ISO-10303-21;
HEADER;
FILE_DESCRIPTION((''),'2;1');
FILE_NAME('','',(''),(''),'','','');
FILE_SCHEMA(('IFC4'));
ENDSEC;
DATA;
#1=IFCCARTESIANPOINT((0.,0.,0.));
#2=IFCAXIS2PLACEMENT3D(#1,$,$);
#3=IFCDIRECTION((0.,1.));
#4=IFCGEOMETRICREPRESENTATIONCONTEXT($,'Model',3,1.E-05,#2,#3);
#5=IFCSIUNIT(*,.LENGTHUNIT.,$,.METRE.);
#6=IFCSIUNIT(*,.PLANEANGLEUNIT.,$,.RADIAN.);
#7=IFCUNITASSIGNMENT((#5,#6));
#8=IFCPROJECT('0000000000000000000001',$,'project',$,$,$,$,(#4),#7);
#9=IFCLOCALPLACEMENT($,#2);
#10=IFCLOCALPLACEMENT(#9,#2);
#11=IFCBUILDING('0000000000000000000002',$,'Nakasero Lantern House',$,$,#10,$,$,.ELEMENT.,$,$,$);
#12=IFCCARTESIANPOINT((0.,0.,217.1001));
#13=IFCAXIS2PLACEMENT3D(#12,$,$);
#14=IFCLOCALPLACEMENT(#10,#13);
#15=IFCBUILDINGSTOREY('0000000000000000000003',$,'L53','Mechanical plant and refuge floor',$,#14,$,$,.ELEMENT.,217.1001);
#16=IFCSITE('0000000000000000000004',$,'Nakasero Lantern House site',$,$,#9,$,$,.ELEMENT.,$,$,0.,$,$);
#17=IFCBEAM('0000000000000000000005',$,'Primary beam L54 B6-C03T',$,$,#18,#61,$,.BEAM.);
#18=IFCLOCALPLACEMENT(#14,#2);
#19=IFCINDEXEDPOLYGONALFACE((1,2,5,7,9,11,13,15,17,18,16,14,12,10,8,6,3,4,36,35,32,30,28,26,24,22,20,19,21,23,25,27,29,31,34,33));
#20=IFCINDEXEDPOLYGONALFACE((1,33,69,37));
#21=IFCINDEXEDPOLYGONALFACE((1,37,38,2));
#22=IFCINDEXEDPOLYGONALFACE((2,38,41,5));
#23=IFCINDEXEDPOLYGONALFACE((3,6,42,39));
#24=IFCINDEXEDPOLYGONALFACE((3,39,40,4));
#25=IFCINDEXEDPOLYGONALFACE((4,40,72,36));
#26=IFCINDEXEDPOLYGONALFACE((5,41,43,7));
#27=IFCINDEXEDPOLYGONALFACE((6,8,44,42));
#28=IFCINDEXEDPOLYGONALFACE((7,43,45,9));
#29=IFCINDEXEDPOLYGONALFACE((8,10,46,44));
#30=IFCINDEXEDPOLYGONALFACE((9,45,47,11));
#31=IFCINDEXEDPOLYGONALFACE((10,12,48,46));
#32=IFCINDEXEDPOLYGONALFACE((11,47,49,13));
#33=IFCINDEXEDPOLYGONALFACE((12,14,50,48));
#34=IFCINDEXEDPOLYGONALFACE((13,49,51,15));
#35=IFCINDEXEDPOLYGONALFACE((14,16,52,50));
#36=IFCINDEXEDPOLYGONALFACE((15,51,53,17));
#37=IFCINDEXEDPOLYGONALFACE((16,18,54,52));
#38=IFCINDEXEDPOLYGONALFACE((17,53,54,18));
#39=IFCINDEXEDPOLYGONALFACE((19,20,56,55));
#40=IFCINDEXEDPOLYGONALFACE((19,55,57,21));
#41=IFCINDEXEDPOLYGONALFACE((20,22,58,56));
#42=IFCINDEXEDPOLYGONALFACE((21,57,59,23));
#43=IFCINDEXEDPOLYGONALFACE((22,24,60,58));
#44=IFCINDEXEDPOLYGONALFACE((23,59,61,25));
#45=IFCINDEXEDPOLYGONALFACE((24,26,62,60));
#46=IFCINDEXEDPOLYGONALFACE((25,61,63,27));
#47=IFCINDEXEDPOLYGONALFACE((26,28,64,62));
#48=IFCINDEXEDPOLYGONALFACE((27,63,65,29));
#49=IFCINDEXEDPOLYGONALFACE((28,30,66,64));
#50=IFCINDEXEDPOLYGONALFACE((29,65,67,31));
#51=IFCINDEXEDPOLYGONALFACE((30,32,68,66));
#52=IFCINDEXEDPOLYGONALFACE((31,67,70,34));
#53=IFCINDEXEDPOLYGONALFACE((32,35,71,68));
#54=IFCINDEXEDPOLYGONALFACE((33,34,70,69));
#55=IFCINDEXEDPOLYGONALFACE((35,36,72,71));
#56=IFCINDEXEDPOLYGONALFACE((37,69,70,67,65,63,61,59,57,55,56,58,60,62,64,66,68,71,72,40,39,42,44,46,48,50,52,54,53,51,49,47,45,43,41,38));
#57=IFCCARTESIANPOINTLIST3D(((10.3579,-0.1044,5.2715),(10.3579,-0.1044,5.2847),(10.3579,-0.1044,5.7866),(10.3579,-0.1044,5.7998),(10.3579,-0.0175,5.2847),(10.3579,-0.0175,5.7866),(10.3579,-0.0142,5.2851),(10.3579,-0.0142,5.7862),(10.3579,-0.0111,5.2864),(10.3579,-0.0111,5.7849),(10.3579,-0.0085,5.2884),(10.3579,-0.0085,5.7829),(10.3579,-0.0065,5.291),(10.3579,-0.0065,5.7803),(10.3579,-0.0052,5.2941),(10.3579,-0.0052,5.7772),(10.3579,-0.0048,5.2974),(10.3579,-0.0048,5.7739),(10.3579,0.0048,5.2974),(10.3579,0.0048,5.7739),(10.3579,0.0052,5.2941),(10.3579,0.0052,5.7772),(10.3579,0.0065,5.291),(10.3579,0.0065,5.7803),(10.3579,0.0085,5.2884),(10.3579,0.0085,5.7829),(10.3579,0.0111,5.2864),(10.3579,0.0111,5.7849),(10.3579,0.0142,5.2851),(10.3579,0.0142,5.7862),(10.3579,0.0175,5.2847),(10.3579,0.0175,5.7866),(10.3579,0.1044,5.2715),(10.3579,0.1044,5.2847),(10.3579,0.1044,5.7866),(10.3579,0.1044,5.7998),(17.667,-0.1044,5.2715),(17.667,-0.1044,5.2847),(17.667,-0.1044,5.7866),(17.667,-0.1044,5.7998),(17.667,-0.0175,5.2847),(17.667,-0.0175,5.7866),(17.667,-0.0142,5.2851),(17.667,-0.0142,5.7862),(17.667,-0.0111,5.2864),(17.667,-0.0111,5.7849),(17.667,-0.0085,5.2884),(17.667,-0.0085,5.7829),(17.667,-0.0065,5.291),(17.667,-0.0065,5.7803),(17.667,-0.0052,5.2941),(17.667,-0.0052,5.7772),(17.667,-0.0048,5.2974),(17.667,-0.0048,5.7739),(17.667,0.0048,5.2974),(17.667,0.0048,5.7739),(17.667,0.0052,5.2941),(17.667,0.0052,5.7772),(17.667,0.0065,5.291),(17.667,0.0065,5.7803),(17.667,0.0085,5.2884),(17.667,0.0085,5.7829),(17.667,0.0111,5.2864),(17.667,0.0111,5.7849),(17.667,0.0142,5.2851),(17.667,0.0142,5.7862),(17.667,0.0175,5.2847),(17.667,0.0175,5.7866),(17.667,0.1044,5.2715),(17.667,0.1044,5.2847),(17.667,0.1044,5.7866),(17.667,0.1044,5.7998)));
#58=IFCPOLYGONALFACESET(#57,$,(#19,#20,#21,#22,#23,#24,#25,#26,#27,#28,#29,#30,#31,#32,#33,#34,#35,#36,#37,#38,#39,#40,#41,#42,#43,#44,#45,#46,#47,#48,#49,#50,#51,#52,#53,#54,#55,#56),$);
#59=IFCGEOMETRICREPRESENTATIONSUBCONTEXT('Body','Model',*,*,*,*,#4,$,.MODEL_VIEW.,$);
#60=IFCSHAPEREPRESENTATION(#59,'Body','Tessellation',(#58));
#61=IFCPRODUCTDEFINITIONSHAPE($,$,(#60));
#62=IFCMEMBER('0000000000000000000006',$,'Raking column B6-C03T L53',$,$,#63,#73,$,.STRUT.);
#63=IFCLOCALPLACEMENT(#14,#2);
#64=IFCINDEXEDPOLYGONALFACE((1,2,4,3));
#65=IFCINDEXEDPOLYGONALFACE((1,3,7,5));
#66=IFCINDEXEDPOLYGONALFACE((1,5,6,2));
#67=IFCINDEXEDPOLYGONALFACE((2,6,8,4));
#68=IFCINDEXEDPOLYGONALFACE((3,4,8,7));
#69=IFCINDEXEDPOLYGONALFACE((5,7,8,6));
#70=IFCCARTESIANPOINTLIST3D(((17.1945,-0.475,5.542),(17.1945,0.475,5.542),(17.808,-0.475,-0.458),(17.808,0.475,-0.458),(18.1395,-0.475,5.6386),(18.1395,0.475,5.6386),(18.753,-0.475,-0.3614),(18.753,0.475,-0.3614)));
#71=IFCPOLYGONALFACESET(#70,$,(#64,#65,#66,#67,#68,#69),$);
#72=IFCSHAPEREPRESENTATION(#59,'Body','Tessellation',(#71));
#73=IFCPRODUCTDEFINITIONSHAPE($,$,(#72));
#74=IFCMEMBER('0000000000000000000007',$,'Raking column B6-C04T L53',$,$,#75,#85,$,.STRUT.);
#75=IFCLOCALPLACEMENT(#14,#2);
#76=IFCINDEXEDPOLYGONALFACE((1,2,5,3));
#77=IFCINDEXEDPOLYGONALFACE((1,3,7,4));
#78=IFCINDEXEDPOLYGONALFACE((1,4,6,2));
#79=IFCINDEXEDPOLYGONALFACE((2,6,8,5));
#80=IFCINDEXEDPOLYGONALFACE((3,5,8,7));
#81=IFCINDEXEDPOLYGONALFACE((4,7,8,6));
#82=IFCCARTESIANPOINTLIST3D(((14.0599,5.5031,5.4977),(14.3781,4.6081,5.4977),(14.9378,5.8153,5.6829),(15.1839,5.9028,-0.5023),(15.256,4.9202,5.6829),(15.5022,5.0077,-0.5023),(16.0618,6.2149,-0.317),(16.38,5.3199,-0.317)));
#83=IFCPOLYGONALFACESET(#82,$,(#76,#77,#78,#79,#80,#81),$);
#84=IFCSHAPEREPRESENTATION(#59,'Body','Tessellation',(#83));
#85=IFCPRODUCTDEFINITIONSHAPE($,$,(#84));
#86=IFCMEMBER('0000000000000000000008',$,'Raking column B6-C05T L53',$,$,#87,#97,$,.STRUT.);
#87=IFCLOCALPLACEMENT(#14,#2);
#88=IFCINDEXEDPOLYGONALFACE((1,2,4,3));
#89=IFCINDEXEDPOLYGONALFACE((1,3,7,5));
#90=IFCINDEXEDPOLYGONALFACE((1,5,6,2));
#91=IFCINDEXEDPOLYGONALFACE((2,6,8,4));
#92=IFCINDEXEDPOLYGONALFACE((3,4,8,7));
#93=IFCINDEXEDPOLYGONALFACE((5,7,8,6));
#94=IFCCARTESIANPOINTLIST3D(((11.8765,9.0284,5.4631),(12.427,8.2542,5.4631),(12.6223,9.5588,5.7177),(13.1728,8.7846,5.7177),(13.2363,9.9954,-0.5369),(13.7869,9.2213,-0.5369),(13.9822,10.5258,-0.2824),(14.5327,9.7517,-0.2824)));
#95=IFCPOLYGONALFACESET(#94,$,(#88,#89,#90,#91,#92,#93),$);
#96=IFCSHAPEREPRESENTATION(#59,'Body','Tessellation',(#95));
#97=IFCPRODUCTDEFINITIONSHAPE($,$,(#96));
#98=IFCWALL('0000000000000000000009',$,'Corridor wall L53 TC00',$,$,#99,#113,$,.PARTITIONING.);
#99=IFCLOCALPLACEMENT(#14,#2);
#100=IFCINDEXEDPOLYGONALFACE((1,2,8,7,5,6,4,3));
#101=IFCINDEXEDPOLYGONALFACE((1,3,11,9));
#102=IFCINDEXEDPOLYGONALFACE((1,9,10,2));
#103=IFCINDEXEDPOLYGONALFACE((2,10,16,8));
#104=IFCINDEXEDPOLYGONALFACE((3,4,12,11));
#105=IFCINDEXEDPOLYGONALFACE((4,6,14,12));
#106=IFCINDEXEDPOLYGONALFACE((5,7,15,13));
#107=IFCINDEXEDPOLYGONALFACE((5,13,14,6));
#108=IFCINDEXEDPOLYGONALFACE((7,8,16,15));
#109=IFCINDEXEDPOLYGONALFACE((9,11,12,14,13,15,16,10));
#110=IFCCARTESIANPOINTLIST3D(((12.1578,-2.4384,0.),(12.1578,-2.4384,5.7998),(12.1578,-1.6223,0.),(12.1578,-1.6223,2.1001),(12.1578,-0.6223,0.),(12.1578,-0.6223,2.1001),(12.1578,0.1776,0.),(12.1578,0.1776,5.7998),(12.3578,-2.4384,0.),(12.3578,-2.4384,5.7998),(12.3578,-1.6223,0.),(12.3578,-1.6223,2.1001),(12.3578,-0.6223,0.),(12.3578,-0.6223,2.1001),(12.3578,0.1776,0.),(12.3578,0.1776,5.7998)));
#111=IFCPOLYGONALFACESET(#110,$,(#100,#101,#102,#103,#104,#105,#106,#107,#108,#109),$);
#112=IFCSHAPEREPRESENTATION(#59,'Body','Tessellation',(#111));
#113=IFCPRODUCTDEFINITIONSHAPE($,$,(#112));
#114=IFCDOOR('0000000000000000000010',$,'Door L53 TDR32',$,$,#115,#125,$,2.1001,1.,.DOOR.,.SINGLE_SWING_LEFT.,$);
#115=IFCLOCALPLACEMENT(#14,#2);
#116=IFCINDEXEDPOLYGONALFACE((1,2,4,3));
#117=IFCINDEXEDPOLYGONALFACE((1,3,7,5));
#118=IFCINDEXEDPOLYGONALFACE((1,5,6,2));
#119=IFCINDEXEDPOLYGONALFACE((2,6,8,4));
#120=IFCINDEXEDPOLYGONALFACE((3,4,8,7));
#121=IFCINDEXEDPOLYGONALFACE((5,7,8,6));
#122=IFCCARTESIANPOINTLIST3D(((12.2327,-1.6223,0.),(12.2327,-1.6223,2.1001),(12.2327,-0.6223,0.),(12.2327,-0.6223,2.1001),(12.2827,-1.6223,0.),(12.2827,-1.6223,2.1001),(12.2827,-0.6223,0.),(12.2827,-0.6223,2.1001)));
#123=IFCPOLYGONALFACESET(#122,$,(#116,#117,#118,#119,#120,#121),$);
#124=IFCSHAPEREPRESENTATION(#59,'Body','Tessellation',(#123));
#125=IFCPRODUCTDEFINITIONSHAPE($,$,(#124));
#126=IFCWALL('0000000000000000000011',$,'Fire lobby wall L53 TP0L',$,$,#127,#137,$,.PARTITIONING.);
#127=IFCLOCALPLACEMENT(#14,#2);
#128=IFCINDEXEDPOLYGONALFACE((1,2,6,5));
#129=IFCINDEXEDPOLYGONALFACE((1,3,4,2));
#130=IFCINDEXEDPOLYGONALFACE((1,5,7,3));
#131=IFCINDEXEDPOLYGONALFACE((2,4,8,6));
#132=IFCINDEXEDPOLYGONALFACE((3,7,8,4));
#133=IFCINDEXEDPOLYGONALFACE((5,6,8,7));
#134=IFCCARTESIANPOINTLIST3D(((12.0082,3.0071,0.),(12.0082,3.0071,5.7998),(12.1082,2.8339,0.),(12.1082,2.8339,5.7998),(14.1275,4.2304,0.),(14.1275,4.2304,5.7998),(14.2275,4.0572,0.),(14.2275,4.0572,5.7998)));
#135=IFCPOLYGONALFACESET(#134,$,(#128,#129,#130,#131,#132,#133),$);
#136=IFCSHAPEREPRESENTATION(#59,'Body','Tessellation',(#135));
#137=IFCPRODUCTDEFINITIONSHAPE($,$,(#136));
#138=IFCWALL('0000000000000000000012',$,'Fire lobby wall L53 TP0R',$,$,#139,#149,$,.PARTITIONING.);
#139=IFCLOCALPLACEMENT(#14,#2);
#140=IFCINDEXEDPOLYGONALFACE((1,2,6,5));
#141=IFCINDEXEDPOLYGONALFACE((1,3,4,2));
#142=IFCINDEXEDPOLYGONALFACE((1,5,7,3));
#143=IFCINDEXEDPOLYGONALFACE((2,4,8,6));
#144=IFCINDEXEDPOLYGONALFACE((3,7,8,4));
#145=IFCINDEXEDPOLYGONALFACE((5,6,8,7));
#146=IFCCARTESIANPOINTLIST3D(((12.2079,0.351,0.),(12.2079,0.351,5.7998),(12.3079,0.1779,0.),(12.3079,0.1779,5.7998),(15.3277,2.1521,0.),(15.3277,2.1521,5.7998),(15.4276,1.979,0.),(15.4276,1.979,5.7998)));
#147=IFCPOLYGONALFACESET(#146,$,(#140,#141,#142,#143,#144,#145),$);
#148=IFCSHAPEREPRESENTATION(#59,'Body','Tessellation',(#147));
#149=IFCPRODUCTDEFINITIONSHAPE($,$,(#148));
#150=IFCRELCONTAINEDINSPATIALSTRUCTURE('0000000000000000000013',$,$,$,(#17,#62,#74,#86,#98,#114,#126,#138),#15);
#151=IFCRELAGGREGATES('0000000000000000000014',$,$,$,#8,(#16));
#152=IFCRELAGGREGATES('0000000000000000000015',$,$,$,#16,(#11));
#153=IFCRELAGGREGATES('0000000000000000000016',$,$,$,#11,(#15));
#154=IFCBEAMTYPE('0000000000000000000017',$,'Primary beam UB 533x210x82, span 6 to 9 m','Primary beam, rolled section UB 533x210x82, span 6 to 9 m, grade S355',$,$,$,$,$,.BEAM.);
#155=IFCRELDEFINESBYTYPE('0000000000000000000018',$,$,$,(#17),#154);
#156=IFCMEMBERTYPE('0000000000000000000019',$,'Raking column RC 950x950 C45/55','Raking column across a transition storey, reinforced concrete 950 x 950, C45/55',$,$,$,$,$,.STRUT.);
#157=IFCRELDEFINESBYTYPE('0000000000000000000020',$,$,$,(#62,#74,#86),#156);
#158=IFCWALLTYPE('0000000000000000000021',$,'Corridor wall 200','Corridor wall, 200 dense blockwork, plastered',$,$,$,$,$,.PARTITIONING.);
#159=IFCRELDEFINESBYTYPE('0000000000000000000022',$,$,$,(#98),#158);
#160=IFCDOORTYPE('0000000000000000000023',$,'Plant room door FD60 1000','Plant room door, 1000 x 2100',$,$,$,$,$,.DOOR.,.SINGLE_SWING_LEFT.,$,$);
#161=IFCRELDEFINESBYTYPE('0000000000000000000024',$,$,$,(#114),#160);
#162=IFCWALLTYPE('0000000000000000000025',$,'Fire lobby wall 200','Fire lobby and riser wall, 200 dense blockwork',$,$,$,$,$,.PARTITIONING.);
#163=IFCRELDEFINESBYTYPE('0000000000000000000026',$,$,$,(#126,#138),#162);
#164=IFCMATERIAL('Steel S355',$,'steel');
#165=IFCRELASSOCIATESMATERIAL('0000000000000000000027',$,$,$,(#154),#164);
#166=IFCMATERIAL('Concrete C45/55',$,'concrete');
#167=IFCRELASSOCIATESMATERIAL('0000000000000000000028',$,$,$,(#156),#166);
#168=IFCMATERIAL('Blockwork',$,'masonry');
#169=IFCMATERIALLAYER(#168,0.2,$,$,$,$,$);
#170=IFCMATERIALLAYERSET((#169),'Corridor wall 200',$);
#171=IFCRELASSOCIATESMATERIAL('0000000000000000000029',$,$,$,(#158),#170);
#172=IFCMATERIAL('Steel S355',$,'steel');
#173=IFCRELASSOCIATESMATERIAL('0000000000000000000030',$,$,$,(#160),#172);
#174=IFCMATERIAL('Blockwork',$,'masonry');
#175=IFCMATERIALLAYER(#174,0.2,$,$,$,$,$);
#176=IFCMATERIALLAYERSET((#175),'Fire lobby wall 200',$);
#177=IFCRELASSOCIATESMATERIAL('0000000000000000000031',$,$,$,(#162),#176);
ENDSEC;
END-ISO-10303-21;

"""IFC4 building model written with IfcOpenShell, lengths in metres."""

from ifc_helpers import new_model, si_unit, direction, frame, frame_2d, origin, origin_2d, place, context, subcontext, project, spatial, rectangle, i_section, extrude, material, layer, layer_set, material_profile, profile_set, type_object, element, fill, save


model = new_model("IFC4")

# Units and contexts
model_context = context("Model", 3, precision=1e-05, world=origin(), true_north=direction((0.0, 1.0)))
body_context = subcontext(model_context, "Body", "Model", "MODEL_VIEW")
ifc_project = project(units=[si_unit("LENGTHUNIT", "METRE"), si_unit("PLANEANGLEUNIT", "RADIAN")], contexts=[model_context])

# Site, building, storey
site_placement = place(None, origin())
site = spatial("IfcSite", under=ifc_project, at=site_placement, Name="Nakasero Lantern House site", CompositionType="ELEMENT", RefElevation=0.0)
building_placement = place(site_placement, origin())
building = spatial("IfcBuilding", under=site, at=building_placement, Name="Nakasero Lantern House", CompositionType="ELEMENT")
storey_placement = place(building_placement, frame((0.0, 0.0, 217.1001)))
storey = spatial("IfcBuildingStorey", under=building, at=storey_placement, Name="L53", Description="Mechanical plant and refuge floor", CompositionType="ELEMENT", Elevation=217.1001)

# Beam
ifc_material_1 = material(Name="Steel S355", Category="steel")
ifc_material_profile_1 = material_profile(ifc_material_1, i_section(OverallWidth=0.2087, OverallDepth=0.5283, WebThickness=0.0095, FlangeThickness=0.0132, FilletRadius=0.0127, at=origin_2d()), Name="UB 533x210x82")
ifc_profile_set_1 = profile_set([ifc_material_profile_1], Name="Steel S355")
beam_type_1 = type_object("IfcBeamType", Name="Primary beam UB 533x210x82, span 6 to 9 m", Description="Primary beam, rolled section UB 533x210x82, span 6 to 9 m, grade S355", PredefinedType="BEAM", material=ifc_profile_set_1)
beam_1_placement = place(storey_placement, frame((17.667, 0.0, 5.5356), z_axis=(-1.0, 0.0, 0.0), x_axis=(0.0, -1.0, 0.0)))
element("IfcBeam", 1, at=beam_1_placement, inside=storey, type_object=beam_type_1, Name="Primary beam L54 B6-C03T", PredefinedType="BEAM", context=body_context, shape_type="SweptSolid", body=[
    extrude(i_section(OverallWidth=0.2087, OverallDepth=0.5283, WebThickness=0.0095, FlangeThickness=0.0132, FilletRadius=0.0127, at=origin_2d()), origin(), (0.0, 0.0, 1.0), 7.3091),
])

# Members
ifc_material_2 = material(Name="Concrete C45/55", Category="concrete")
ifc_material_profile_2 = material_profile(ifc_material_2, rectangle(XDim=0.95, YDim=0.95, at=origin_2d()), Name="RC 950x950")
ifc_profile_set_2 = profile_set([ifc_material_profile_2], Name="Concrete C45/55")
member_type_1 = type_object("IfcMemberType", Name="Raking column RC 950x950 C45/55", Description="Raking column across a transition storey, reinforced concrete 950 x 950, C45/55", PredefinedType="STRUT", material=ifc_profile_set_2)
member_1_placement = place(storey_placement, frame((18.2805, 0.0, -0.4097), z_axis=(-0.101724, 0.0, 0.994813), x_axis=(0.0, -1.0, 0.0)))
element("IfcMember", 2, at=member_1_placement, inside=storey, type_object=member_type_1, Name="Raking column B6-C03T L53", PredefinedType="STRUT", context=body_context, shape_type="SweptSolid", body=[
    extrude(rectangle(XDim=0.95, YDim=0.95, at=origin_2d()), origin(), (0.0, 0.0, 1.0), 6.0312),
])
member_2_placement = place(storey_placement, frame((15.782, 5.6113, -0.4097), z_axis=(-0.183741, -0.065331, 0.980801), x_axis=(0.335014, -0.942213, 0.0)))
element("IfcMember", 3, at=member_2_placement, inside=storey, type_object=member_type_1, Name="Raking column B6-C04T L53", PredefinedType="STRUT", context=body_context, shape_type="SweptSolid", body=[
    extrude(rectangle(XDim=0.95, YDim=0.95, at=origin_2d()), origin(), (0.0, 0.0, 1.0), 6.1174),
])
member_3_placement = place(storey_placement, frame((13.8845, 9.8735, -0.4097), z_axis=(-0.218357, -0.15528, 0.963436), x_axis=(0.579535, -0.814948, 0.0)))
element("IfcMember", 4, at=member_3_placement, inside=storey, type_object=member_type_1, Name="Raking column B6-C05T L53", PredefinedType="STRUT", context=body_context, shape_type="SweptSolid", body=[
    extrude(rectangle(XDim=0.95, YDim=0.95, at=origin_2d()), origin(), (0.0, 0.0, 1.0), 6.2278),
])

# Wall, opening, door
ifc_material_3 = material(Name="Blockwork", Category="masonry")
ifc_layer_1 = layer(ifc_material_3, 0.2)
ifc_layer_set_1 = layer_set([ifc_layer_1], Name="Corridor wall 200")
wall_type_1 = type_object("IfcWallType", Name="Corridor wall 200", Description="Corridor wall, 200 dense blockwork, plastered", PredefinedType="PARTITIONING", material=ifc_layer_set_1)
wall_1_placement = place(storey_placement, frame((12.2578, 0.1777, 0.0), z_axis=(0.0, 0.0, 1.0), x_axis=(0.0, -1.0, 0.0)))
wall_1 = element("IfcWall", 5, at=wall_1_placement, inside=storey, type_object=wall_type_1, Name="Corridor wall L53 TC00", PredefinedType="PARTITIONING", context=body_context, shape_type="SweptSolid", body=[
    extrude(rectangle(XDim=2.616, YDim=0.2, at=frame_2d((1.3081, 0.0))), origin(), (0.0, 0.0, 1.0), 5.7998),
])
opening_1_placement = place(wall_1_placement, frame((0.8, 0.0, 0.0)))
opening_1 = element("IfcOpeningElement", 6, at=opening_1_placement, cuts=wall_1, PredefinedType="OPENING", context=body_context, shape_type="SweptSolid", body=[
    extrude(rectangle(XDim=1.0, YDim=2.1001, at=frame_2d((0.5, 1.05))), frame((0.0, 0.1199, 0.0), z_axis=(0.0, -1.0, 0.0), x_axis=(1.0, 0.0, 0.0)), (0.0, 0.0, 1.0), 0.24),
])
ifc_material_4 = material(Name="Steel S355", Category="steel")
door_type_1 = type_object("IfcDoorType", Name="Plant room door FD60 1000", Description="Plant room door, 1000 x 2100", OperationType="SINGLE_SWING_LEFT", PredefinedType="DOOR", material=ifc_material_4)
door_1_placement = place(opening_1_placement, origin())
door_1 = element("IfcDoor", 7, at=door_1_placement, inside=storey, type_object=door_type_1, Name="Door L53 TDR32", OperationType="SINGLE_SWING_LEFT", OverallHeight=2.1001, OverallWidth=1.0, PredefinedType="DOOR", context=body_context, shape_type="SweptSolid", body=[
    extrude(rectangle(XDim=1.0, YDim=2.1001, at=frame_2d((0.5, 1.05))), frame((0.0, 0.0249, 0.0), z_axis=(0.0, -1.0, 0.0), x_axis=(1.0, 0.0, 0.0)), (0.0, 0.0, 1.0), 0.05),
])
fill(opening_1, door_1)

# Walls
ifc_material_5 = material(Name="Blockwork", Category="masonry")
ifc_layer_2 = layer(ifc_material_5, 0.2)
ifc_layer_set_2 = layer_set([ifc_layer_2], Name="Fire lobby wall 200")
wall_type_2 = type_object("IfcWallType", Name="Fire lobby wall 200", Description="Fire lobby and riser wall, 200 dense blockwork", PredefinedType="PARTITIONING", material=ifc_layer_set_2)
wall_2_placement = place(storey_placement, frame((12.0581, 2.9204, 0.0), z_axis=(0.0, 0.0, 1.0), x_axis=(0.866068, 0.499927, 0.0)))
element("IfcWall", 8, at=wall_2_placement, inside=storey, type_object=wall_type_2, Name="Fire lobby wall L53 TP0L", PredefinedType="PARTITIONING", context=body_context, shape_type="SweptSolid", body=[
    extrude(rectangle(XDim=2.447, YDim=0.2, at=frame_2d((1.2236, 0.0))), origin(), (0.0, 0.0, 1.0), 5.7998),
])
wall_3_placement = place(storey_placement, frame((12.2578, 0.2644, 0.0), z_axis=(0.0, 0.0, 1.0), x_axis=(0.866037, 0.499981, 0.0)))
element("IfcWall", 9, at=wall_3_placement, inside=storey, type_object=wall_type_2, Name="Fire lobby wall L53 TP0R", PredefinedType="PARTITIONING", context=body_context, shape_type="SweptSolid", body=[
    extrude(rectangle(XDim=3.6023, YDim=0.2, at=frame_2d((1.8013, 0.0))), origin(), (0.0, 0.0, 1.0), 5.7998),
])

save(model, "model.ifc")
